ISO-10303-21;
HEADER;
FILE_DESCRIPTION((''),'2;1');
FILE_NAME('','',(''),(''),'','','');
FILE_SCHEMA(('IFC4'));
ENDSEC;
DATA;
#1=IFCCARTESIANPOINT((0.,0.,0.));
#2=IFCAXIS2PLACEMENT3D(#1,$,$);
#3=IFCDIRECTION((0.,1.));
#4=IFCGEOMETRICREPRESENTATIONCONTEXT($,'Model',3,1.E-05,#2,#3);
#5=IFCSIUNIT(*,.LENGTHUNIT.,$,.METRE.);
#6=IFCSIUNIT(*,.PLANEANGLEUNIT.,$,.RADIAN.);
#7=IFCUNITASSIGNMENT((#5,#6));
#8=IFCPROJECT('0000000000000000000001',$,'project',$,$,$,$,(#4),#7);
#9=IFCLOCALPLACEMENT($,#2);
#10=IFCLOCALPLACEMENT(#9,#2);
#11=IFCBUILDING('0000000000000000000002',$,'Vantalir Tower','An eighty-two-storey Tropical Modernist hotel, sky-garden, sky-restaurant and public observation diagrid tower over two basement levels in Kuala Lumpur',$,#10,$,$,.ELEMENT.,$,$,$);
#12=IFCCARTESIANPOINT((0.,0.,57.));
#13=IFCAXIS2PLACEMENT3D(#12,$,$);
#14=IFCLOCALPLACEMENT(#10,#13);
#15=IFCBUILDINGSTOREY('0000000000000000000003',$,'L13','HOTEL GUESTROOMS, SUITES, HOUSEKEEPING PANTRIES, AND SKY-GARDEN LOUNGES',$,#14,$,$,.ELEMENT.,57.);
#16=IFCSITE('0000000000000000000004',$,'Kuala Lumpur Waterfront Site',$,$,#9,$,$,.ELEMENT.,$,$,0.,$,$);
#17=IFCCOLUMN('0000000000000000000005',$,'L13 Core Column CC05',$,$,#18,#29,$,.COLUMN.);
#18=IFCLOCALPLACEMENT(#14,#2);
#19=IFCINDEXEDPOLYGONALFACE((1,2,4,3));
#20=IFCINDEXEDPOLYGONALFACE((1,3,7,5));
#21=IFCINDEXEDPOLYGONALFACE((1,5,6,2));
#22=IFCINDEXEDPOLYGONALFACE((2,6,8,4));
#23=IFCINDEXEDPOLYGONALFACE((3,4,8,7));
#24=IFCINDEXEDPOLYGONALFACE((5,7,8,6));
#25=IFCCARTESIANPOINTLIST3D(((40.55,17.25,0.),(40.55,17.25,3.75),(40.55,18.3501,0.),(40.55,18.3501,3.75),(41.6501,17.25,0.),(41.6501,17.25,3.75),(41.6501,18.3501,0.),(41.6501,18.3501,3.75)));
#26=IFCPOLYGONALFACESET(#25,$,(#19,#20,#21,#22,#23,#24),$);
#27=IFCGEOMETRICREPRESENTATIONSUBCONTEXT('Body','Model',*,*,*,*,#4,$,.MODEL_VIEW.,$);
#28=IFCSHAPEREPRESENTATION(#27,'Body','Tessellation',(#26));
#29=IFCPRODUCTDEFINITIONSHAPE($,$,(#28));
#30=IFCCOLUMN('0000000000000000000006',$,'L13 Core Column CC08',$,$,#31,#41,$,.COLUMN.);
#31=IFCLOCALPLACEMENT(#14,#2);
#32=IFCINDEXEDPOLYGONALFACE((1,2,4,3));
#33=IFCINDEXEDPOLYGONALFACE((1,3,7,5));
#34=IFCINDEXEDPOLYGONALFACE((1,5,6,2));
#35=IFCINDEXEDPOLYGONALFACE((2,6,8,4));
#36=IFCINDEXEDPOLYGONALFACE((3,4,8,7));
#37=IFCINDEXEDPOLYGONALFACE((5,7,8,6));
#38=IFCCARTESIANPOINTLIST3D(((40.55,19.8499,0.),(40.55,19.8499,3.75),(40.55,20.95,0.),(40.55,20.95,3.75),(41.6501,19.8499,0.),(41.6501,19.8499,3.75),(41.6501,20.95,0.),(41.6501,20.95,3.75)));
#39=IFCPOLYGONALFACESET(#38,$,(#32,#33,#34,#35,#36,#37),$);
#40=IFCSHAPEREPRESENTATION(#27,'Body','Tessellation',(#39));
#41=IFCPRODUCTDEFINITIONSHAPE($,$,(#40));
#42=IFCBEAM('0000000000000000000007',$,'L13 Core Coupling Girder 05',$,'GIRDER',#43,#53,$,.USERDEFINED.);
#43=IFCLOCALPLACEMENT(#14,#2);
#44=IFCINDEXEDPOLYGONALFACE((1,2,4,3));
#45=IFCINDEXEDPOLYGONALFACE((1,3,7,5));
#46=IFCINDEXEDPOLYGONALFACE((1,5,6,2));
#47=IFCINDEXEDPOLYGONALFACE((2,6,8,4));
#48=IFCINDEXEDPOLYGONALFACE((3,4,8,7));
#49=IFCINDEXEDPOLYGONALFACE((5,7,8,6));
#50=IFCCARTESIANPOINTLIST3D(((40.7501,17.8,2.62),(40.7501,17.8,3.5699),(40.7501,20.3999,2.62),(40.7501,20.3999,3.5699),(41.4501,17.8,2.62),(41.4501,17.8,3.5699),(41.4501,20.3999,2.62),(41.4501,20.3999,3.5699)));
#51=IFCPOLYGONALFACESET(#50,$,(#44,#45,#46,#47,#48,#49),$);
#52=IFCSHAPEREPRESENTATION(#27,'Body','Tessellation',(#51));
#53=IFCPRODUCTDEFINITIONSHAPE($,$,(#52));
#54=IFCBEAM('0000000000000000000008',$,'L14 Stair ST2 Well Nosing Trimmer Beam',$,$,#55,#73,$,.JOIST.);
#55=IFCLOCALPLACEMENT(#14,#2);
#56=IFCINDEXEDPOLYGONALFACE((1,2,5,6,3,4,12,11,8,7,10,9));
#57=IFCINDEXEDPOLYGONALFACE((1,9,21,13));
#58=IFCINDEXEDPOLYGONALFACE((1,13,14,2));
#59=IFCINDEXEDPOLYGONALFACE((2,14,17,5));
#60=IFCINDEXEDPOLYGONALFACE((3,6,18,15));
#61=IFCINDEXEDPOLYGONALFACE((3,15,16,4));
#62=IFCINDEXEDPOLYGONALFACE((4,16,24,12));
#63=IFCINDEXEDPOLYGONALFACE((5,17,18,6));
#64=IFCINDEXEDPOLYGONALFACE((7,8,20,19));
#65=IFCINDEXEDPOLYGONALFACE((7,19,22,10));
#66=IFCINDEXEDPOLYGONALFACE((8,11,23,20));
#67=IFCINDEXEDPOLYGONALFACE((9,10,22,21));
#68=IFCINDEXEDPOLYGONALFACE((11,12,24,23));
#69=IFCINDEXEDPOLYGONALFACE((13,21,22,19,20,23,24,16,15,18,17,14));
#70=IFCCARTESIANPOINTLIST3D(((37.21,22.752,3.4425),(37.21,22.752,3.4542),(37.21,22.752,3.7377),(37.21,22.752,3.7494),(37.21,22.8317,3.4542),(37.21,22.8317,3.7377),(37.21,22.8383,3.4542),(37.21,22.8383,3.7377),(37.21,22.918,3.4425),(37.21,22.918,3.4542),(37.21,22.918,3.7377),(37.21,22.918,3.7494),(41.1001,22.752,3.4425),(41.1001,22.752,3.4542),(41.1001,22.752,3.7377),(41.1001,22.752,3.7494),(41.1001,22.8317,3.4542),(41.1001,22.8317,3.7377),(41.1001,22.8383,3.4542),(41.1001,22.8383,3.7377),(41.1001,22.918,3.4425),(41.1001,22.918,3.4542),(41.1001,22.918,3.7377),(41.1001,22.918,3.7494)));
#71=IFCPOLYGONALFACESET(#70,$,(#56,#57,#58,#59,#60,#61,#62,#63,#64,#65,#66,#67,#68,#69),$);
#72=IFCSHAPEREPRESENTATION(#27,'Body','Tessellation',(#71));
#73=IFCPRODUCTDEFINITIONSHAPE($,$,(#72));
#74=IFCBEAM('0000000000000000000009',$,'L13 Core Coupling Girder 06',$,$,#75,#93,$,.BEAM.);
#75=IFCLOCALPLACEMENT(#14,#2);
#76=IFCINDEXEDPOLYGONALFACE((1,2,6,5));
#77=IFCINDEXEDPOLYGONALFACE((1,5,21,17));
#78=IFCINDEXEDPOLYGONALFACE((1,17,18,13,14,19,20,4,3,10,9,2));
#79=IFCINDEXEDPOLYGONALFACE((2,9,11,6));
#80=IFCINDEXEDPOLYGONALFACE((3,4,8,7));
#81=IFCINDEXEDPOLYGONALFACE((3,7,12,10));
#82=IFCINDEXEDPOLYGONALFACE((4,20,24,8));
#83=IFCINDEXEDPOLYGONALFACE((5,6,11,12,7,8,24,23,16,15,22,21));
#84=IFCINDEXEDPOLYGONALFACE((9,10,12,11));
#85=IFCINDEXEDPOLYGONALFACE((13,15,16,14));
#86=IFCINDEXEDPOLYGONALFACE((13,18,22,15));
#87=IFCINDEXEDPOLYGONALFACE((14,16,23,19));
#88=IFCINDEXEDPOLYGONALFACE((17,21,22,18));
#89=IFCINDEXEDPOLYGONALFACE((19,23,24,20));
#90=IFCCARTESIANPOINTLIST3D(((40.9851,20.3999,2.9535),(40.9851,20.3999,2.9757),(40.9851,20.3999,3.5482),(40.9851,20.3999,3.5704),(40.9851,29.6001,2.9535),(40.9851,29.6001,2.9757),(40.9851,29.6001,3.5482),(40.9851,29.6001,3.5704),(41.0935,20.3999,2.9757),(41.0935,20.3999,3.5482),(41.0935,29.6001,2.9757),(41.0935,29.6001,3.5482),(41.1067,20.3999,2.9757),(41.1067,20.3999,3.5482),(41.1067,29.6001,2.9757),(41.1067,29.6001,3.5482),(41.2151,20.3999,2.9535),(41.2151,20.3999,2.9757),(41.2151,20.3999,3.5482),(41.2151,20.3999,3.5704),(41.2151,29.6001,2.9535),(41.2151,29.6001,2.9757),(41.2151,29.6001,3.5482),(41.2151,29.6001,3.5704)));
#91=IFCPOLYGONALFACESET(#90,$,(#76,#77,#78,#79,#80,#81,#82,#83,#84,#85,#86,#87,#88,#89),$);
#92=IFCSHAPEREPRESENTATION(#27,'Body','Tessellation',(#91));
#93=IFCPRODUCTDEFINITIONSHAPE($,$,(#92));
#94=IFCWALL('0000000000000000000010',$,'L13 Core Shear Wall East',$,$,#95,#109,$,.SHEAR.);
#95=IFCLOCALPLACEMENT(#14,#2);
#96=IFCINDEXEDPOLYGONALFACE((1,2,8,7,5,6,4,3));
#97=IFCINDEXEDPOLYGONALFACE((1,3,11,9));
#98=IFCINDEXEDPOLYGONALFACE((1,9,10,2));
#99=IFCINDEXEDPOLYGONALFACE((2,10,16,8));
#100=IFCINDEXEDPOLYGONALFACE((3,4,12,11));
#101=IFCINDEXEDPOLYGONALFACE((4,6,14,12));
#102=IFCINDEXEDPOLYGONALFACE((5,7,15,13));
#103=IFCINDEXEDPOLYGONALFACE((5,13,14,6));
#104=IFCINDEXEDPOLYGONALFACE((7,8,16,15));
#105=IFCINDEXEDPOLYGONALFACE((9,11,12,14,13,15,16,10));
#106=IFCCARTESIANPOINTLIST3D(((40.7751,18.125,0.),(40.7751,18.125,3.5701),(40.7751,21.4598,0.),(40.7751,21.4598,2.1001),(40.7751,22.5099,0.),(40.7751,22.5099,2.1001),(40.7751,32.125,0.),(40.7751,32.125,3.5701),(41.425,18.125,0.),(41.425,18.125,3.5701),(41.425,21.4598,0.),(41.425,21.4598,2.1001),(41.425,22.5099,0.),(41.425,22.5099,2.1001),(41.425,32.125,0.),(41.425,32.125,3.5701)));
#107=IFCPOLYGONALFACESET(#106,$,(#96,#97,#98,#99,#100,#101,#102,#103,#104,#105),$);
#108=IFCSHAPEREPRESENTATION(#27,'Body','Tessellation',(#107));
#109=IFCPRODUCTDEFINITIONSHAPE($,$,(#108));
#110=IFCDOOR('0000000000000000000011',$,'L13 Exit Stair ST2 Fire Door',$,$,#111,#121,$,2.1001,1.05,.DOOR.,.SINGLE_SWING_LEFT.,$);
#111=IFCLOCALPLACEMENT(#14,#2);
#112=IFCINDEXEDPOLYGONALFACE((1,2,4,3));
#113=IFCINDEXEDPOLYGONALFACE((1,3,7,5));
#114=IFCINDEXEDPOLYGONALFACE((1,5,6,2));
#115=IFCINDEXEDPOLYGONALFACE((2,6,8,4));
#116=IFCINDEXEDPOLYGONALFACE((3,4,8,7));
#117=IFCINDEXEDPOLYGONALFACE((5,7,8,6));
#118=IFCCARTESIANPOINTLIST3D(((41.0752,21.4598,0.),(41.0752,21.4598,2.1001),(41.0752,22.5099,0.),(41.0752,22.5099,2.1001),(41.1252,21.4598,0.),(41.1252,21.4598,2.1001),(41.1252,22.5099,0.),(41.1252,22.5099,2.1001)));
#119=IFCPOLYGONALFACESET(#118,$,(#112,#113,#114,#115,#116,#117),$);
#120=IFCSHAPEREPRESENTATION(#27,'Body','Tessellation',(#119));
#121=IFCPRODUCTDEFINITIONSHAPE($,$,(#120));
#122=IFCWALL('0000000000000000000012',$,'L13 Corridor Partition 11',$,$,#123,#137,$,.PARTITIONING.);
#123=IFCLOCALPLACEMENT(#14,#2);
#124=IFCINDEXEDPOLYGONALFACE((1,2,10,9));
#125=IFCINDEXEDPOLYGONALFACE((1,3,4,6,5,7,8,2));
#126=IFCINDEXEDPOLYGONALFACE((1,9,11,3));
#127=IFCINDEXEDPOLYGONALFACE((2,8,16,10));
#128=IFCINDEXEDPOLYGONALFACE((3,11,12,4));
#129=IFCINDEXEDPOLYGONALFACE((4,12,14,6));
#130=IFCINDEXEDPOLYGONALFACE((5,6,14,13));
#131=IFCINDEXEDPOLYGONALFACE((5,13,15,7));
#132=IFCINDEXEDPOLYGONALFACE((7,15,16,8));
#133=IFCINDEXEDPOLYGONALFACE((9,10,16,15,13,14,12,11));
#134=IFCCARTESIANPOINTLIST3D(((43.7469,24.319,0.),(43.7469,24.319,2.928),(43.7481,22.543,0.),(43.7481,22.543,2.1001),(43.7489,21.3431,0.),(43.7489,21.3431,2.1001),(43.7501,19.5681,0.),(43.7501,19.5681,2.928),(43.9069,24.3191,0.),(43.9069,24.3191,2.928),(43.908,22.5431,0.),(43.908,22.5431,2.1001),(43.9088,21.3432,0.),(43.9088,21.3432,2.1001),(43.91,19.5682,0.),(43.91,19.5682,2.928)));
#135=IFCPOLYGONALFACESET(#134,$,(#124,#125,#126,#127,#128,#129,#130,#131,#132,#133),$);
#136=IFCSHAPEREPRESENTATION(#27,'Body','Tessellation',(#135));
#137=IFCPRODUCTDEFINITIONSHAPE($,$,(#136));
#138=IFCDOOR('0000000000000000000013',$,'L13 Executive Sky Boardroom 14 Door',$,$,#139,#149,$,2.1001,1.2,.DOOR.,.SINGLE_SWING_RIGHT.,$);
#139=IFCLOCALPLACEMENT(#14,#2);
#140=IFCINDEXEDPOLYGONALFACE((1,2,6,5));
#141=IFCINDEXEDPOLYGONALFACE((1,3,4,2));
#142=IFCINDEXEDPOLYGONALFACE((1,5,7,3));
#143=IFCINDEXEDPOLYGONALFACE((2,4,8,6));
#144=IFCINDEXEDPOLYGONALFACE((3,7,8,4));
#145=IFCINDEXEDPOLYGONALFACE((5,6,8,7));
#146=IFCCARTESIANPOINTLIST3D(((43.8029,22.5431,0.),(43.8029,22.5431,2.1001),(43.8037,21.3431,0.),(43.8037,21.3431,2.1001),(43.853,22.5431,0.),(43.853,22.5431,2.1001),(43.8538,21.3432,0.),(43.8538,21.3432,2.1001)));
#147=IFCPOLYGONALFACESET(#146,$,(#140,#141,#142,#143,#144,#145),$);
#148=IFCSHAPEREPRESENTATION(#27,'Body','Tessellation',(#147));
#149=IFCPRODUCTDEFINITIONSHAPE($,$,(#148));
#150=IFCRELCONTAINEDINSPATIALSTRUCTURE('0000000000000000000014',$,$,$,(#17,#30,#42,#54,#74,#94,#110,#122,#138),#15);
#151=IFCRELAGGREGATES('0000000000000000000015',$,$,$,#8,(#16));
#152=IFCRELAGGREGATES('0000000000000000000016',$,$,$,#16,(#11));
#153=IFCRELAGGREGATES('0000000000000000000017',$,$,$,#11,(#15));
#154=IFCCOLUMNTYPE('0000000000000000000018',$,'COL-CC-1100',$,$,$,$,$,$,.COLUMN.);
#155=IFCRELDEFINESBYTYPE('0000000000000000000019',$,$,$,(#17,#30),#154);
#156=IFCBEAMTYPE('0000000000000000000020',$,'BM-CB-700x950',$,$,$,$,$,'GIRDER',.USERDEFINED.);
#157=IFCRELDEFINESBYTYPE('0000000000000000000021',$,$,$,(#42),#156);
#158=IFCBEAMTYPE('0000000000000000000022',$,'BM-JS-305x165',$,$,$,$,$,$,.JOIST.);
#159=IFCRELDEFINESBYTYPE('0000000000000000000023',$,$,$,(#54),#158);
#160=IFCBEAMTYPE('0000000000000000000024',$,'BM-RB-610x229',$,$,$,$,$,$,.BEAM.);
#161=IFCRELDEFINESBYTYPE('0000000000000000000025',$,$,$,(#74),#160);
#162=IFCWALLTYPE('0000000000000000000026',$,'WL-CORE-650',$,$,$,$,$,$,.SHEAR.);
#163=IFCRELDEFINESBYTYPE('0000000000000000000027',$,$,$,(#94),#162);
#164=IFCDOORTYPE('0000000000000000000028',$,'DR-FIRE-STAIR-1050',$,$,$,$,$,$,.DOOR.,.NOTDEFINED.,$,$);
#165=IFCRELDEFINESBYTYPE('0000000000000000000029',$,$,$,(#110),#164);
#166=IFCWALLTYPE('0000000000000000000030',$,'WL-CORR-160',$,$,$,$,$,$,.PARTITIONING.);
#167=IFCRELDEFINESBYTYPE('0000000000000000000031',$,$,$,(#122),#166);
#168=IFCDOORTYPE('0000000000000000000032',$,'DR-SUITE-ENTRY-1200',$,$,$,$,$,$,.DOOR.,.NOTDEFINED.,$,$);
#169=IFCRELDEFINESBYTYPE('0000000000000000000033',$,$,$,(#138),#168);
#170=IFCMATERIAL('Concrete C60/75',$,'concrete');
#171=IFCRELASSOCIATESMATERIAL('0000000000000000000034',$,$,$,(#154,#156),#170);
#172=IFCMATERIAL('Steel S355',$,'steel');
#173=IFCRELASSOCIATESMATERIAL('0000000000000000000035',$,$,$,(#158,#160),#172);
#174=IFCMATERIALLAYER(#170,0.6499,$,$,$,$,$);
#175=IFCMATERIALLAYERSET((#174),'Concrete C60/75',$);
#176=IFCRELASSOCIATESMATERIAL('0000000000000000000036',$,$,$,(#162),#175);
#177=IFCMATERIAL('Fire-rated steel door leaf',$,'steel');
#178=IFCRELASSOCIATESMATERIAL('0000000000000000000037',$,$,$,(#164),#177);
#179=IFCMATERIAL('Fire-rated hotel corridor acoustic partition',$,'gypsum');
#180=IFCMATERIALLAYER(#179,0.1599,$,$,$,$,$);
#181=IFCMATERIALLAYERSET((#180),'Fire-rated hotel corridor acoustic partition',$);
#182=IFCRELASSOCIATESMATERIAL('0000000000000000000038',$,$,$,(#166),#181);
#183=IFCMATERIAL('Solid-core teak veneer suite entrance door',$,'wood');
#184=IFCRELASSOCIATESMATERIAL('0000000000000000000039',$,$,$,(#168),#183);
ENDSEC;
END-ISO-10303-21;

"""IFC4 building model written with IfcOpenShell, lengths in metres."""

from ifc_helpers import new_model, si_unit, direction, frame, frame_2d, origin, origin_2d, place, context, subcontext, project, spatial, rectangle, i_section, extrude, material, layer, layer_set, material_profile, profile_set, type_object, element, fill, save


model = new_model("IFC4")

# Units and contexts
model_context = context("Model", 3, precision=1e-05, world=origin(), true_north=direction((0.0, 1.0)))
body_context = subcontext(model_context, "Body", "Model", "MODEL_VIEW")
ifc_project = project(units=[si_unit("LENGTHUNIT", "METRE"), si_unit("PLANEANGLEUNIT", "RADIAN")], contexts=[model_context])

# Site, building, storey
site_placement = place(None, origin())
site = spatial("IfcSite", under=ifc_project, at=site_placement, Name="Kuala Lumpur Waterfront Site", CompositionType="ELEMENT", RefElevation=0.0)
building_placement = place(site_placement, origin())
building = spatial("IfcBuilding", under=site, at=building_placement, Name="Vantalir Tower", Description="An eighty-two-storey Tropical Modernist hotel, sky-garden, sky-restaurant and public observation diagrid tower over two basement levels in Kuala Lumpur", CompositionType="ELEMENT")
storey_placement = place(building_placement, frame((0.0, 0.0, 57.0)))
storey = spatial("IfcBuildingStorey", under=building, at=storey_placement, Name="L13", Description="HOTEL GUESTROOMS, SUITES, HOUSEKEEPING PANTRIES, AND SKY-GARDEN LOUNGES", CompositionType="ELEMENT", Elevation=57.0)

# Columns
ifc_material_1 = material(Name="Concrete C60/75", Category="concrete")
ifc_material_profile_1 = material_profile(ifc_material_1, rectangle(XDim=1.1001, YDim=1.1001, at=origin_2d()), Name="Concrete C60/75")
ifc_profile_set_1 = profile_set([ifc_material_profile_1], Name="Concrete C60/75")
column_type = type_object("IfcColumnType", Name="COL-CC-1100", PredefinedType="COLUMN", material=ifc_profile_set_1)
for number, where, z_axis, x_axis, name in (
    (1, (41.1001, 17.8, 0.0), (0.0, 0.0, 1.0), (1.0, 0.0, 0.0), "L13 Core Column CC05"),
    (2, (41.1001, 20.3999, 0.0), (0.0, 0.0, 1.0), (1.0, 0.0, 0.0), "L13 Core Column CC08"),
):
    element("IfcColumn", number, at=place(storey_placement, frame(where, z_axis=z_axis, x_axis=x_axis)), inside=storey, type_object=column_type, Name=name, PredefinedType="COLUMN", context=body_context, shape_type="SweptSolid", body=[
        extrude(rectangle(XDim=1.1001, YDim=1.1001, at=origin_2d()), origin(), (0.0, 0.0, 1.0), 3.75),
    ])

# Beams
ifc_material_profile_2 = material_profile(ifc_material_1, rectangle(XDim=0.7, YDim=0.95, at=origin_2d()), Name="Concrete C60/75")
ifc_profile_set_2 = profile_set([ifc_material_profile_2], Name="Concrete C60/75")
beam_type_1 = type_object("IfcBeamType", Name="BM-CB-700x950", ElementType="GIRDER", PredefinedType="USERDEFINED", material=ifc_profile_set_2)
beam_1_placement = place(storey_placement, frame((41.1001, 17.8, 3.095), z_axis=(0.0, 1.0, 0.0), x_axis=(-1.0, 0.0, 0.0)))
element("IfcBeam", 3, at=beam_1_placement, inside=storey, type_object=beam_type_1, Name="L13 Core Coupling Girder 05", ObjectType="GIRDER", PredefinedType="USERDEFINED", context=body_context, shape_type="SweptSolid", body=[
    extrude(rectangle(XDim=0.7, YDim=0.95, at=origin_2d()), origin(), (0.0, 0.0, 1.0), 2.5999),
])
ifc_material_2 = material(Name="Steel S355", Category="steel")
ifc_material_profile_3 = material_profile(ifc_material_2, i_section(OverallWidth=0.166, OverallDepth=0.3069, WebThickness=0.0066, FlangeThickness=0.0117, at=origin_2d()), Name="Steel S355")
ifc_profile_set_3 = profile_set([ifc_material_profile_3], Name="Steel S355")
beam_type_2 = type_object("IfcBeamType", Name="BM-JS-305x165", PredefinedType="JOIST", material=ifc_profile_set_3)
beam_2_placement = place(storey_placement, frame((37.21, 22.835, 3.5959), z_axis=(1.0, 0.0, 0.0), x_axis=(0.0, 1.0, 0.0)))
element("IfcBeam", 4, at=beam_2_placement, inside=storey, type_object=beam_type_2, Name="L14 Stair ST2 Well Nosing Trimmer Beam", PredefinedType="JOIST", context=body_context, shape_type="SweptSolid", body=[
    extrude(i_section(OverallWidth=0.166, OverallDepth=0.3069, WebThickness=0.0066, FlangeThickness=0.0117, at=origin_2d()), origin(), (0.0, 0.0, 1.0), 3.8901),
])
ifc_material_profile_4 = material_profile(ifc_material_2, i_section(OverallWidth=0.23, OverallDepth=0.6169, WebThickness=0.0132, FlangeThickness=0.0222, at=origin_2d()), Name="Steel S355")
ifc_profile_set_4 = profile_set([ifc_material_profile_4], Name="Steel S355")
beam_type_3 = type_object("IfcBeamType", Name="BM-RB-610x229", PredefinedType="BEAM", material=ifc_profile_set_4)
beam_3_placement = place(storey_placement, frame((41.1001, 20.3999, 3.262), z_axis=(0.0, 1.0, 0.0), x_axis=(-1.0, 0.0, 0.0)))
element("IfcBeam", 5, at=beam_3_placement, inside=storey, type_object=beam_type_3, Name="L13 Core Coupling Girder 06", PredefinedType="BEAM", context=body_context, shape_type="SweptSolid", body=[
    extrude(i_section(OverallWidth=0.23, OverallDepth=0.6169, WebThickness=0.0132, FlangeThickness=0.0222, at=origin_2d()), origin(), (0.0, 0.0, 1.0), 9.2002),
])

# Walls, openings, doors
ifc_layer_1 = layer(ifc_material_1, 0.6499)
ifc_layer_set_1 = layer_set([ifc_layer_1], Name="Concrete C60/75")
wall_type_1 = type_object("IfcWallType", Name="WL-CORE-650", PredefinedType="SHEAR", material=ifc_layer_set_1)
wall_1_placement = place(storey_placement, frame((41.1001, 18.125, 0.0), z_axis=(0.0, 0.0, 1.0), x_axis=(0.0, 1.0, 0.0)))
wall_1 = element("IfcWall", 6, at=wall_1_placement, inside=storey, type_object=wall_type_1, Name="L13 Core Shear Wall East", PredefinedType="SHEAR", context=body_context, shape_type="SweptSolid", body=[
    extrude(rectangle(XDim=14.0, YDim=0.6499, at=frame_2d((7.0, 0.0))), origin(), (0.0, 0.0, 1.0), 3.5701),
])
opening_1_placement = place(wall_1_placement, frame((3.335, 0.0, 0.0)))
opening_1 = element("IfcOpeningElement", 7, at=opening_1_placement, cuts=wall_1, PredefinedType="OPENING", context=body_context, shape_type="SweptSolid", body=[
    extrude(rectangle(XDim=1.05, YDim=2.1001, at=frame_2d((0.5249, 1.05))), frame((0.0, 0.335, 0.0), z_axis=(0.0, -1.0, 0.0), x_axis=(1.0, 0.0, 0.0)), (0.0, 0.0, 1.0), 0.6699),
])
ifc_material_3 = material(Name="Fire-rated steel door leaf", Category="steel")
door_type_1 = type_object("IfcDoorType", Name="DR-FIRE-STAIR-1050", OperationType="NOTDEFINED", PredefinedType="DOOR", material=ifc_material_3)
door_1_placement = place(opening_1_placement, origin())
door_1 = element("IfcDoor", 8, at=door_1_placement, inside=storey, type_object=door_type_1, Name="L13 Exit Stair ST2 Fire Door", OperationType="SINGLE_SWING_LEFT", OverallHeight=2.1001, OverallWidth=1.05, PredefinedType="DOOR", context=body_context, shape_type="SweptSolid", body=[
    extrude(rectangle(XDim=1.05, YDim=2.1001, at=frame_2d((0.5249, 1.05))), frame((0.0, 0.0249, 0.0), z_axis=(0.0, -1.0, 0.0), x_axis=(1.0, 0.0, 0.0)), (0.0, 0.0, 1.0), 0.05),
])
fill(opening_1, door_1)
ifc_material_4 = material(Name="Fire-rated hotel corridor acoustic partition", Category="gypsum")
ifc_layer_2 = layer(ifc_material_4, 0.1599)
ifc_layer_set_2 = layer_set([ifc_layer_2], Name="Fire-rated hotel corridor acoustic partition")
wall_type_2 = type_object("IfcWallType", Name="WL-CORR-160", PredefinedType="PARTITIONING", material=ifc_layer_set_2)
wall_2_placement = place(storey_placement, frame((43.8269, 24.3191, 0.0), z_axis=(0.0, 0.0, 1.0), x_axis=(0.000668, -1.0, 0.0)))
wall_2 = element("IfcWall", 9, at=wall_2_placement, inside=storey, type_object=wall_type_2, Name="L13 Corridor Partition 11", PredefinedType="PARTITIONING", context=body_context, shape_type="SweptSolid", body=[
    extrude(rectangle(XDim=4.751, YDim=0.1599, at=frame_2d((2.3755, 0.0))), origin(), (0.0, 0.0, 1.0), 2.928),
])
opening_2_placement = place(wall_2_placement, frame((1.7759, 0.0, 0.0)))
opening_2 = element("IfcOpeningElement", 10, at=opening_2_placement, cuts=wall_2, PredefinedType="OPENING", context=body_context, shape_type="SweptSolid", body=[
    extrude(rectangle(XDim=1.2, YDim=2.1001, at=frame_2d((0.6001, 1.05))), frame((0.0, 0.0898, 0.0), z_axis=(0.0, -1.0, 0.0), x_axis=(1.0, 0.0, 0.0)), (0.0, 0.0, 1.0), 0.1799),
])
ifc_material_5 = material(Name="Solid-core teak veneer suite entrance door", Category="wood")
door_type_2 = type_object("IfcDoorType", Name="DR-SUITE-ENTRY-1200", OperationType="NOTDEFINED", PredefinedType="DOOR", material=ifc_material_5)
door_2_placement = place(opening_2_placement, origin())
door_2 = element("IfcDoor", 11, at=door_2_placement, inside=storey, type_object=door_type_2, Name="L13 Executive Sky Boardroom 14 Door", OperationType="SINGLE_SWING_RIGHT", OverallHeight=2.1001, OverallWidth=1.2, PredefinedType="DOOR", context=body_context, shape_type="SweptSolid", body=[
    extrude(rectangle(XDim=1.2, YDim=2.1001, at=frame_2d((0.6001, 1.05))), frame((0.0, 0.0249, 0.0), z_axis=(0.0, -1.0, 0.0), x_axis=(1.0, 0.0, 0.0)), (0.0, 0.0, 1.0), 0.05),
])
fill(opening_2, door_2)

save(model, "model.ifc")
